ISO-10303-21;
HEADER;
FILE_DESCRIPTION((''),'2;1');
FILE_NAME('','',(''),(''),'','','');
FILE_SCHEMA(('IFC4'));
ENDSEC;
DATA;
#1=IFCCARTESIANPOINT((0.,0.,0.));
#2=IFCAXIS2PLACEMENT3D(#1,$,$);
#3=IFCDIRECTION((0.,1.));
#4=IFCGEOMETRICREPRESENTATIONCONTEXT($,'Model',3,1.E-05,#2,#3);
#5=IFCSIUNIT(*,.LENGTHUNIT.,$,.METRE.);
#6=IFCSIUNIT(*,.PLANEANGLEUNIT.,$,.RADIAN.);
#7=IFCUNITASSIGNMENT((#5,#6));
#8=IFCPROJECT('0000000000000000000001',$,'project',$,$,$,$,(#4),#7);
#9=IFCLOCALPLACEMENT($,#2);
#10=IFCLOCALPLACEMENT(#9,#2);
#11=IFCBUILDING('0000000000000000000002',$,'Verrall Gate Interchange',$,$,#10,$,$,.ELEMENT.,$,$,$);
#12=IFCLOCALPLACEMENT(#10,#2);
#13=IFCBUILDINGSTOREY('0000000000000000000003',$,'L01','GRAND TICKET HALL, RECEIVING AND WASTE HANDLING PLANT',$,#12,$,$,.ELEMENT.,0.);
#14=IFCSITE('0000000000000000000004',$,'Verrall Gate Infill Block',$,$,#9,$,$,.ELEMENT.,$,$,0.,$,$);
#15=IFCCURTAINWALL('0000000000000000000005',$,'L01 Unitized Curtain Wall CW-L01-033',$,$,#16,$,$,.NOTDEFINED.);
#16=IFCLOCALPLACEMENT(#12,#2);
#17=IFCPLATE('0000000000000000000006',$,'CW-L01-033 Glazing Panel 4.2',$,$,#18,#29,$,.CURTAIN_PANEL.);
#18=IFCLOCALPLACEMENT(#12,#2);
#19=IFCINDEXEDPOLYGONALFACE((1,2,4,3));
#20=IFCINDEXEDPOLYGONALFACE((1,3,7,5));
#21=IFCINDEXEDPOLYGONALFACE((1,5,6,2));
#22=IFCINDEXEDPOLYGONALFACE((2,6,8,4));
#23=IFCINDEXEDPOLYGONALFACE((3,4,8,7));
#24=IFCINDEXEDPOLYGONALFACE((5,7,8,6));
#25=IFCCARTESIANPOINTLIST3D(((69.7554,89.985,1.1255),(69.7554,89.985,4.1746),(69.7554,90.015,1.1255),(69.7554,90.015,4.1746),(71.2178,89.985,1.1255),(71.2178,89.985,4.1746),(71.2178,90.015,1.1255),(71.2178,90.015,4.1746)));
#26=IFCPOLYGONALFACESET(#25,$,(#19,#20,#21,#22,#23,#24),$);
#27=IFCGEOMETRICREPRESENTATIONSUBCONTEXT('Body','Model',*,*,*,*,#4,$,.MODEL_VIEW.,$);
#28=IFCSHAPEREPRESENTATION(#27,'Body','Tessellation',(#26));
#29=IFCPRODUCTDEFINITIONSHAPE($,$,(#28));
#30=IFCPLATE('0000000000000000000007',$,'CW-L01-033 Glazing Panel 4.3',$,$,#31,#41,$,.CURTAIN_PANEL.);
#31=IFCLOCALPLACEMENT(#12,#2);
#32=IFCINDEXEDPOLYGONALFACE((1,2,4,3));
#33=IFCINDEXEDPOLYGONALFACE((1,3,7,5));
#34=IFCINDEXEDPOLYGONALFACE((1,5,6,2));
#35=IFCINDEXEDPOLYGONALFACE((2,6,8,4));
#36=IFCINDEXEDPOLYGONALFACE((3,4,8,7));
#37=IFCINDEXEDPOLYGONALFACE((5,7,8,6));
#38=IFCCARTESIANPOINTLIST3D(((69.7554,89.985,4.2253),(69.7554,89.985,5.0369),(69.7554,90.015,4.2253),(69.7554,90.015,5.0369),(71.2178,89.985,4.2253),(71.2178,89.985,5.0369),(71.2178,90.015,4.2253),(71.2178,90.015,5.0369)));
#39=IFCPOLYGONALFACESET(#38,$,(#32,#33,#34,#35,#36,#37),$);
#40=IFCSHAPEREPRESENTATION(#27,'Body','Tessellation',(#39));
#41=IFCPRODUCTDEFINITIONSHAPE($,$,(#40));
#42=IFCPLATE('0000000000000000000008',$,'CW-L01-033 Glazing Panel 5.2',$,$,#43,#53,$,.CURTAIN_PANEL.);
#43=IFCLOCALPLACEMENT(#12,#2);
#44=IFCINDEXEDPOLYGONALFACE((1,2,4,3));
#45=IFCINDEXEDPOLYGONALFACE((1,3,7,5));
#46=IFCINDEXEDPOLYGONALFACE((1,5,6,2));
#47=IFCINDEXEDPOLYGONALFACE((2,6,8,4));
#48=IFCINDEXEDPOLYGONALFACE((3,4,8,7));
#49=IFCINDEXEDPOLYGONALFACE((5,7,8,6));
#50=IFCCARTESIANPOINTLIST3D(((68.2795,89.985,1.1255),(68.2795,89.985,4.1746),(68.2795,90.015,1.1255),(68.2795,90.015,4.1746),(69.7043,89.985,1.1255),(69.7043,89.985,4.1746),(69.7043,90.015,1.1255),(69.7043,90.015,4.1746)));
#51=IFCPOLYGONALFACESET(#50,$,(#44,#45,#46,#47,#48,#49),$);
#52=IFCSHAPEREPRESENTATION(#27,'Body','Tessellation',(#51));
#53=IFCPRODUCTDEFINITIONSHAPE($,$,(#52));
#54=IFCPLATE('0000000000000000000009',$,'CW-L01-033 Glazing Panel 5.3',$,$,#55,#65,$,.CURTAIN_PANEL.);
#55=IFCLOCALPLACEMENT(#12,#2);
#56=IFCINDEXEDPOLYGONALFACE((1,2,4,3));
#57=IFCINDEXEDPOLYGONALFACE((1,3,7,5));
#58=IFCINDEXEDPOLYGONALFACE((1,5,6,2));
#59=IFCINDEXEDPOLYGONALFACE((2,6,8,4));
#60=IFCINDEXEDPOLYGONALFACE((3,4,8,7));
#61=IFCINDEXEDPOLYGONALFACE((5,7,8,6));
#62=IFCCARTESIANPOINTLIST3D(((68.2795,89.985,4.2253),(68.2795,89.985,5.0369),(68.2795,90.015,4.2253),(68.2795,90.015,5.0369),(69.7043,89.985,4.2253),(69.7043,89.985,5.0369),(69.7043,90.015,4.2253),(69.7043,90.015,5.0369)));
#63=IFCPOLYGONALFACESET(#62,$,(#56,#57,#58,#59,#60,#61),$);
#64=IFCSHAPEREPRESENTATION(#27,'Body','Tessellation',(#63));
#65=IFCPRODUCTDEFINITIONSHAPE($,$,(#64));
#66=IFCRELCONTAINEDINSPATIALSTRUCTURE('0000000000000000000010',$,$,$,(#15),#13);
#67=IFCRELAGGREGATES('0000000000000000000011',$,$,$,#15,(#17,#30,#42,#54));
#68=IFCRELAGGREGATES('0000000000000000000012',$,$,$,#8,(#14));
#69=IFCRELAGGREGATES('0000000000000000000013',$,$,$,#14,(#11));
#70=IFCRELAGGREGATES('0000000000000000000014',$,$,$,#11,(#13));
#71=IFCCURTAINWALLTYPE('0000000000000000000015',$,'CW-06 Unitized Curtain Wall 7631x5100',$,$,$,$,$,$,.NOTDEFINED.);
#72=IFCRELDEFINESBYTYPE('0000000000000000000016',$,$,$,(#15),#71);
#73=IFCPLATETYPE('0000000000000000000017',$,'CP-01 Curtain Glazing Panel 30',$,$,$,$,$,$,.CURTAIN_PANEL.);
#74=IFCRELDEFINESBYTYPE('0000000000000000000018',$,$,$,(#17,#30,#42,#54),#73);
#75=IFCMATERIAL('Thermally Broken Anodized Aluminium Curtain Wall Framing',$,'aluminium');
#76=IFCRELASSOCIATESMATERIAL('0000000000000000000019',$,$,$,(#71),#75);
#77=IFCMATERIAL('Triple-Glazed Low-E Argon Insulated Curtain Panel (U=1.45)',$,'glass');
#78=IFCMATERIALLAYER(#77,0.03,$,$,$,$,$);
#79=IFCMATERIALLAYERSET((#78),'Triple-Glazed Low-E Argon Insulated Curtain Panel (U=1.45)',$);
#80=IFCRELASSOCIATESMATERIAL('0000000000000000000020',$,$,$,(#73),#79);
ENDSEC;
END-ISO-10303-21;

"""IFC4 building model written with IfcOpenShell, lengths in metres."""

from ifc_helpers import new_model, si_unit, direction, frame, origin, origin_2d, place, context, subcontext, project, spatial, rectangle, extrude, material, layer, layer_set, type_object, element, aggregate, save


model = new_model("IFC4")

# Units and contexts
model_context = context("Model", 3, precision=1e-05, world=origin(), true_north=direction((0.0, 1.0)))
body_context = subcontext(model_context, "Body", "Model", "MODEL_VIEW")
ifc_project = project(units=[si_unit("LENGTHUNIT", "METRE"), si_unit("PLANEANGLEUNIT", "RADIAN")], contexts=[model_context])

# Site, building, storey
site_placement = place(None, origin())
site = spatial("IfcSite", under=ifc_project, at=site_placement, Name="Verrall Gate Infill Block", CompositionType="ELEMENT", RefElevation=0.0)
building_placement = place(site_placement, origin())
building = spatial("IfcBuilding", under=site, at=building_placement, Name="Verrall Gate Interchange", CompositionType="ELEMENT")
storey_placement = place(building_placement, origin())
storey = spatial("IfcBuildingStorey", under=building, at=storey_placement, Name="L01", Description="GRAND TICKET HALL, RECEIVING AND WASTE HANDLING PLANT", CompositionType="ELEMENT", Elevation=0.0)

# Curtain wall, plates
ifc_material_1 = material(Name="Thermally Broken Anodized Aluminium Curtain Wall Framing", Category="aluminium")
curtain_wall_type = type_object("IfcCurtainWallType", Name="CW-06 Unitized Curtain Wall 7631x5100", PredefinedType="NOTDEFINED", material=ifc_material_1)
curtain_wall_placement = place(storey_placement, origin())
curtain_wall = element("IfcCurtainWall", 1, at=curtain_wall_placement, inside=storey, type_object=curtain_wall_type, Name="L01 Unitized Curtain Wall CW-L01-033", PredefinedType="NOTDEFINED")
ifc_material_2 = material(Name="Triple-Glazed Low-E Argon Insulated Curtain Panel (U=1.45)", Category="glass")
ifc_layer = layer(ifc_material_2, 0.03)
ifc_layer_set = layer_set([ifc_layer], Name="Triple-Glazed Low-E Argon Insulated Curtain Panel (U=1.45)")
plate_type = type_object("IfcPlateType", Name="CP-01 Curtain Glazing Panel 30", PredefinedType="CURTAIN_PANEL", material=ifc_layer_set)
plate_1_placement = place(storey_placement, frame((70.4866, 90.0, 1.1255), z_axis=(0.0, 0.0, 1.0), x_axis=(-1.0, 0.0, 0.0)))
plate_1 = element("IfcPlate", 2, at=plate_1_placement, type_object=plate_type, Name="CW-L01-033 Glazing Panel 4.2", PredefinedType="CURTAIN_PANEL", context=body_context, shape_type="SweptSolid", body=[
    extrude(rectangle(XDim=1.4624, YDim=0.03, at=origin_2d()), origin(), (0.0, 0.0, 1.0), 3.0491),
])
plate_2_placement = place(storey_placement, frame((70.4866, 90.0, 4.2253), z_axis=(0.0, 0.0, 1.0), x_axis=(-1.0, 0.0, 0.0)))
plate_2 = element("IfcPlate", 3, at=plate_2_placement, type_object=plate_type, Name="CW-L01-033 Glazing Panel 4.3", PredefinedType="CURTAIN_PANEL", context=body_context, shape_type="SweptSolid", body=[
    extrude(rectangle(XDim=1.4624, YDim=0.03, at=origin_2d()), origin(), (0.0, 0.0, 1.0), 0.8115),
])
plate_3_placement = place(storey_placement, frame((68.9919, 90.0, 1.1255), z_axis=(0.0, 0.0, 1.0), x_axis=(-1.0, 0.0, 0.0)))
plate_3 = element("IfcPlate", 4, at=plate_3_placement, type_object=plate_type, Name="CW-L01-033 Glazing Panel 5.2", PredefinedType="CURTAIN_PANEL", context=body_context, shape_type="SweptSolid", body=[
    extrude(rectangle(XDim=1.4248, YDim=0.03, at=origin_2d()), origin(), (0.0, 0.0, 1.0), 3.0491),
])
plate_4_placement = place(storey_placement, frame((68.9919, 90.0, 4.2253), z_axis=(0.0, 0.0, 1.0), x_axis=(-1.0, 0.0, 0.0)))
plate_4 = element("IfcPlate", 5, at=plate_4_placement, type_object=plate_type, Name="CW-L01-033 Glazing Panel 5.3", PredefinedType="CURTAIN_PANEL", context=body_context, shape_type="SweptSolid", body=[
    extrude(rectangle(XDim=1.4248, YDim=0.03, at=origin_2d()), origin(), (0.0, 0.0, 1.0), 0.8115),
])
aggregate(curtain_wall, [plate_1, plate_2, plate_3, plate_4])

save(model, "model.ifc")
